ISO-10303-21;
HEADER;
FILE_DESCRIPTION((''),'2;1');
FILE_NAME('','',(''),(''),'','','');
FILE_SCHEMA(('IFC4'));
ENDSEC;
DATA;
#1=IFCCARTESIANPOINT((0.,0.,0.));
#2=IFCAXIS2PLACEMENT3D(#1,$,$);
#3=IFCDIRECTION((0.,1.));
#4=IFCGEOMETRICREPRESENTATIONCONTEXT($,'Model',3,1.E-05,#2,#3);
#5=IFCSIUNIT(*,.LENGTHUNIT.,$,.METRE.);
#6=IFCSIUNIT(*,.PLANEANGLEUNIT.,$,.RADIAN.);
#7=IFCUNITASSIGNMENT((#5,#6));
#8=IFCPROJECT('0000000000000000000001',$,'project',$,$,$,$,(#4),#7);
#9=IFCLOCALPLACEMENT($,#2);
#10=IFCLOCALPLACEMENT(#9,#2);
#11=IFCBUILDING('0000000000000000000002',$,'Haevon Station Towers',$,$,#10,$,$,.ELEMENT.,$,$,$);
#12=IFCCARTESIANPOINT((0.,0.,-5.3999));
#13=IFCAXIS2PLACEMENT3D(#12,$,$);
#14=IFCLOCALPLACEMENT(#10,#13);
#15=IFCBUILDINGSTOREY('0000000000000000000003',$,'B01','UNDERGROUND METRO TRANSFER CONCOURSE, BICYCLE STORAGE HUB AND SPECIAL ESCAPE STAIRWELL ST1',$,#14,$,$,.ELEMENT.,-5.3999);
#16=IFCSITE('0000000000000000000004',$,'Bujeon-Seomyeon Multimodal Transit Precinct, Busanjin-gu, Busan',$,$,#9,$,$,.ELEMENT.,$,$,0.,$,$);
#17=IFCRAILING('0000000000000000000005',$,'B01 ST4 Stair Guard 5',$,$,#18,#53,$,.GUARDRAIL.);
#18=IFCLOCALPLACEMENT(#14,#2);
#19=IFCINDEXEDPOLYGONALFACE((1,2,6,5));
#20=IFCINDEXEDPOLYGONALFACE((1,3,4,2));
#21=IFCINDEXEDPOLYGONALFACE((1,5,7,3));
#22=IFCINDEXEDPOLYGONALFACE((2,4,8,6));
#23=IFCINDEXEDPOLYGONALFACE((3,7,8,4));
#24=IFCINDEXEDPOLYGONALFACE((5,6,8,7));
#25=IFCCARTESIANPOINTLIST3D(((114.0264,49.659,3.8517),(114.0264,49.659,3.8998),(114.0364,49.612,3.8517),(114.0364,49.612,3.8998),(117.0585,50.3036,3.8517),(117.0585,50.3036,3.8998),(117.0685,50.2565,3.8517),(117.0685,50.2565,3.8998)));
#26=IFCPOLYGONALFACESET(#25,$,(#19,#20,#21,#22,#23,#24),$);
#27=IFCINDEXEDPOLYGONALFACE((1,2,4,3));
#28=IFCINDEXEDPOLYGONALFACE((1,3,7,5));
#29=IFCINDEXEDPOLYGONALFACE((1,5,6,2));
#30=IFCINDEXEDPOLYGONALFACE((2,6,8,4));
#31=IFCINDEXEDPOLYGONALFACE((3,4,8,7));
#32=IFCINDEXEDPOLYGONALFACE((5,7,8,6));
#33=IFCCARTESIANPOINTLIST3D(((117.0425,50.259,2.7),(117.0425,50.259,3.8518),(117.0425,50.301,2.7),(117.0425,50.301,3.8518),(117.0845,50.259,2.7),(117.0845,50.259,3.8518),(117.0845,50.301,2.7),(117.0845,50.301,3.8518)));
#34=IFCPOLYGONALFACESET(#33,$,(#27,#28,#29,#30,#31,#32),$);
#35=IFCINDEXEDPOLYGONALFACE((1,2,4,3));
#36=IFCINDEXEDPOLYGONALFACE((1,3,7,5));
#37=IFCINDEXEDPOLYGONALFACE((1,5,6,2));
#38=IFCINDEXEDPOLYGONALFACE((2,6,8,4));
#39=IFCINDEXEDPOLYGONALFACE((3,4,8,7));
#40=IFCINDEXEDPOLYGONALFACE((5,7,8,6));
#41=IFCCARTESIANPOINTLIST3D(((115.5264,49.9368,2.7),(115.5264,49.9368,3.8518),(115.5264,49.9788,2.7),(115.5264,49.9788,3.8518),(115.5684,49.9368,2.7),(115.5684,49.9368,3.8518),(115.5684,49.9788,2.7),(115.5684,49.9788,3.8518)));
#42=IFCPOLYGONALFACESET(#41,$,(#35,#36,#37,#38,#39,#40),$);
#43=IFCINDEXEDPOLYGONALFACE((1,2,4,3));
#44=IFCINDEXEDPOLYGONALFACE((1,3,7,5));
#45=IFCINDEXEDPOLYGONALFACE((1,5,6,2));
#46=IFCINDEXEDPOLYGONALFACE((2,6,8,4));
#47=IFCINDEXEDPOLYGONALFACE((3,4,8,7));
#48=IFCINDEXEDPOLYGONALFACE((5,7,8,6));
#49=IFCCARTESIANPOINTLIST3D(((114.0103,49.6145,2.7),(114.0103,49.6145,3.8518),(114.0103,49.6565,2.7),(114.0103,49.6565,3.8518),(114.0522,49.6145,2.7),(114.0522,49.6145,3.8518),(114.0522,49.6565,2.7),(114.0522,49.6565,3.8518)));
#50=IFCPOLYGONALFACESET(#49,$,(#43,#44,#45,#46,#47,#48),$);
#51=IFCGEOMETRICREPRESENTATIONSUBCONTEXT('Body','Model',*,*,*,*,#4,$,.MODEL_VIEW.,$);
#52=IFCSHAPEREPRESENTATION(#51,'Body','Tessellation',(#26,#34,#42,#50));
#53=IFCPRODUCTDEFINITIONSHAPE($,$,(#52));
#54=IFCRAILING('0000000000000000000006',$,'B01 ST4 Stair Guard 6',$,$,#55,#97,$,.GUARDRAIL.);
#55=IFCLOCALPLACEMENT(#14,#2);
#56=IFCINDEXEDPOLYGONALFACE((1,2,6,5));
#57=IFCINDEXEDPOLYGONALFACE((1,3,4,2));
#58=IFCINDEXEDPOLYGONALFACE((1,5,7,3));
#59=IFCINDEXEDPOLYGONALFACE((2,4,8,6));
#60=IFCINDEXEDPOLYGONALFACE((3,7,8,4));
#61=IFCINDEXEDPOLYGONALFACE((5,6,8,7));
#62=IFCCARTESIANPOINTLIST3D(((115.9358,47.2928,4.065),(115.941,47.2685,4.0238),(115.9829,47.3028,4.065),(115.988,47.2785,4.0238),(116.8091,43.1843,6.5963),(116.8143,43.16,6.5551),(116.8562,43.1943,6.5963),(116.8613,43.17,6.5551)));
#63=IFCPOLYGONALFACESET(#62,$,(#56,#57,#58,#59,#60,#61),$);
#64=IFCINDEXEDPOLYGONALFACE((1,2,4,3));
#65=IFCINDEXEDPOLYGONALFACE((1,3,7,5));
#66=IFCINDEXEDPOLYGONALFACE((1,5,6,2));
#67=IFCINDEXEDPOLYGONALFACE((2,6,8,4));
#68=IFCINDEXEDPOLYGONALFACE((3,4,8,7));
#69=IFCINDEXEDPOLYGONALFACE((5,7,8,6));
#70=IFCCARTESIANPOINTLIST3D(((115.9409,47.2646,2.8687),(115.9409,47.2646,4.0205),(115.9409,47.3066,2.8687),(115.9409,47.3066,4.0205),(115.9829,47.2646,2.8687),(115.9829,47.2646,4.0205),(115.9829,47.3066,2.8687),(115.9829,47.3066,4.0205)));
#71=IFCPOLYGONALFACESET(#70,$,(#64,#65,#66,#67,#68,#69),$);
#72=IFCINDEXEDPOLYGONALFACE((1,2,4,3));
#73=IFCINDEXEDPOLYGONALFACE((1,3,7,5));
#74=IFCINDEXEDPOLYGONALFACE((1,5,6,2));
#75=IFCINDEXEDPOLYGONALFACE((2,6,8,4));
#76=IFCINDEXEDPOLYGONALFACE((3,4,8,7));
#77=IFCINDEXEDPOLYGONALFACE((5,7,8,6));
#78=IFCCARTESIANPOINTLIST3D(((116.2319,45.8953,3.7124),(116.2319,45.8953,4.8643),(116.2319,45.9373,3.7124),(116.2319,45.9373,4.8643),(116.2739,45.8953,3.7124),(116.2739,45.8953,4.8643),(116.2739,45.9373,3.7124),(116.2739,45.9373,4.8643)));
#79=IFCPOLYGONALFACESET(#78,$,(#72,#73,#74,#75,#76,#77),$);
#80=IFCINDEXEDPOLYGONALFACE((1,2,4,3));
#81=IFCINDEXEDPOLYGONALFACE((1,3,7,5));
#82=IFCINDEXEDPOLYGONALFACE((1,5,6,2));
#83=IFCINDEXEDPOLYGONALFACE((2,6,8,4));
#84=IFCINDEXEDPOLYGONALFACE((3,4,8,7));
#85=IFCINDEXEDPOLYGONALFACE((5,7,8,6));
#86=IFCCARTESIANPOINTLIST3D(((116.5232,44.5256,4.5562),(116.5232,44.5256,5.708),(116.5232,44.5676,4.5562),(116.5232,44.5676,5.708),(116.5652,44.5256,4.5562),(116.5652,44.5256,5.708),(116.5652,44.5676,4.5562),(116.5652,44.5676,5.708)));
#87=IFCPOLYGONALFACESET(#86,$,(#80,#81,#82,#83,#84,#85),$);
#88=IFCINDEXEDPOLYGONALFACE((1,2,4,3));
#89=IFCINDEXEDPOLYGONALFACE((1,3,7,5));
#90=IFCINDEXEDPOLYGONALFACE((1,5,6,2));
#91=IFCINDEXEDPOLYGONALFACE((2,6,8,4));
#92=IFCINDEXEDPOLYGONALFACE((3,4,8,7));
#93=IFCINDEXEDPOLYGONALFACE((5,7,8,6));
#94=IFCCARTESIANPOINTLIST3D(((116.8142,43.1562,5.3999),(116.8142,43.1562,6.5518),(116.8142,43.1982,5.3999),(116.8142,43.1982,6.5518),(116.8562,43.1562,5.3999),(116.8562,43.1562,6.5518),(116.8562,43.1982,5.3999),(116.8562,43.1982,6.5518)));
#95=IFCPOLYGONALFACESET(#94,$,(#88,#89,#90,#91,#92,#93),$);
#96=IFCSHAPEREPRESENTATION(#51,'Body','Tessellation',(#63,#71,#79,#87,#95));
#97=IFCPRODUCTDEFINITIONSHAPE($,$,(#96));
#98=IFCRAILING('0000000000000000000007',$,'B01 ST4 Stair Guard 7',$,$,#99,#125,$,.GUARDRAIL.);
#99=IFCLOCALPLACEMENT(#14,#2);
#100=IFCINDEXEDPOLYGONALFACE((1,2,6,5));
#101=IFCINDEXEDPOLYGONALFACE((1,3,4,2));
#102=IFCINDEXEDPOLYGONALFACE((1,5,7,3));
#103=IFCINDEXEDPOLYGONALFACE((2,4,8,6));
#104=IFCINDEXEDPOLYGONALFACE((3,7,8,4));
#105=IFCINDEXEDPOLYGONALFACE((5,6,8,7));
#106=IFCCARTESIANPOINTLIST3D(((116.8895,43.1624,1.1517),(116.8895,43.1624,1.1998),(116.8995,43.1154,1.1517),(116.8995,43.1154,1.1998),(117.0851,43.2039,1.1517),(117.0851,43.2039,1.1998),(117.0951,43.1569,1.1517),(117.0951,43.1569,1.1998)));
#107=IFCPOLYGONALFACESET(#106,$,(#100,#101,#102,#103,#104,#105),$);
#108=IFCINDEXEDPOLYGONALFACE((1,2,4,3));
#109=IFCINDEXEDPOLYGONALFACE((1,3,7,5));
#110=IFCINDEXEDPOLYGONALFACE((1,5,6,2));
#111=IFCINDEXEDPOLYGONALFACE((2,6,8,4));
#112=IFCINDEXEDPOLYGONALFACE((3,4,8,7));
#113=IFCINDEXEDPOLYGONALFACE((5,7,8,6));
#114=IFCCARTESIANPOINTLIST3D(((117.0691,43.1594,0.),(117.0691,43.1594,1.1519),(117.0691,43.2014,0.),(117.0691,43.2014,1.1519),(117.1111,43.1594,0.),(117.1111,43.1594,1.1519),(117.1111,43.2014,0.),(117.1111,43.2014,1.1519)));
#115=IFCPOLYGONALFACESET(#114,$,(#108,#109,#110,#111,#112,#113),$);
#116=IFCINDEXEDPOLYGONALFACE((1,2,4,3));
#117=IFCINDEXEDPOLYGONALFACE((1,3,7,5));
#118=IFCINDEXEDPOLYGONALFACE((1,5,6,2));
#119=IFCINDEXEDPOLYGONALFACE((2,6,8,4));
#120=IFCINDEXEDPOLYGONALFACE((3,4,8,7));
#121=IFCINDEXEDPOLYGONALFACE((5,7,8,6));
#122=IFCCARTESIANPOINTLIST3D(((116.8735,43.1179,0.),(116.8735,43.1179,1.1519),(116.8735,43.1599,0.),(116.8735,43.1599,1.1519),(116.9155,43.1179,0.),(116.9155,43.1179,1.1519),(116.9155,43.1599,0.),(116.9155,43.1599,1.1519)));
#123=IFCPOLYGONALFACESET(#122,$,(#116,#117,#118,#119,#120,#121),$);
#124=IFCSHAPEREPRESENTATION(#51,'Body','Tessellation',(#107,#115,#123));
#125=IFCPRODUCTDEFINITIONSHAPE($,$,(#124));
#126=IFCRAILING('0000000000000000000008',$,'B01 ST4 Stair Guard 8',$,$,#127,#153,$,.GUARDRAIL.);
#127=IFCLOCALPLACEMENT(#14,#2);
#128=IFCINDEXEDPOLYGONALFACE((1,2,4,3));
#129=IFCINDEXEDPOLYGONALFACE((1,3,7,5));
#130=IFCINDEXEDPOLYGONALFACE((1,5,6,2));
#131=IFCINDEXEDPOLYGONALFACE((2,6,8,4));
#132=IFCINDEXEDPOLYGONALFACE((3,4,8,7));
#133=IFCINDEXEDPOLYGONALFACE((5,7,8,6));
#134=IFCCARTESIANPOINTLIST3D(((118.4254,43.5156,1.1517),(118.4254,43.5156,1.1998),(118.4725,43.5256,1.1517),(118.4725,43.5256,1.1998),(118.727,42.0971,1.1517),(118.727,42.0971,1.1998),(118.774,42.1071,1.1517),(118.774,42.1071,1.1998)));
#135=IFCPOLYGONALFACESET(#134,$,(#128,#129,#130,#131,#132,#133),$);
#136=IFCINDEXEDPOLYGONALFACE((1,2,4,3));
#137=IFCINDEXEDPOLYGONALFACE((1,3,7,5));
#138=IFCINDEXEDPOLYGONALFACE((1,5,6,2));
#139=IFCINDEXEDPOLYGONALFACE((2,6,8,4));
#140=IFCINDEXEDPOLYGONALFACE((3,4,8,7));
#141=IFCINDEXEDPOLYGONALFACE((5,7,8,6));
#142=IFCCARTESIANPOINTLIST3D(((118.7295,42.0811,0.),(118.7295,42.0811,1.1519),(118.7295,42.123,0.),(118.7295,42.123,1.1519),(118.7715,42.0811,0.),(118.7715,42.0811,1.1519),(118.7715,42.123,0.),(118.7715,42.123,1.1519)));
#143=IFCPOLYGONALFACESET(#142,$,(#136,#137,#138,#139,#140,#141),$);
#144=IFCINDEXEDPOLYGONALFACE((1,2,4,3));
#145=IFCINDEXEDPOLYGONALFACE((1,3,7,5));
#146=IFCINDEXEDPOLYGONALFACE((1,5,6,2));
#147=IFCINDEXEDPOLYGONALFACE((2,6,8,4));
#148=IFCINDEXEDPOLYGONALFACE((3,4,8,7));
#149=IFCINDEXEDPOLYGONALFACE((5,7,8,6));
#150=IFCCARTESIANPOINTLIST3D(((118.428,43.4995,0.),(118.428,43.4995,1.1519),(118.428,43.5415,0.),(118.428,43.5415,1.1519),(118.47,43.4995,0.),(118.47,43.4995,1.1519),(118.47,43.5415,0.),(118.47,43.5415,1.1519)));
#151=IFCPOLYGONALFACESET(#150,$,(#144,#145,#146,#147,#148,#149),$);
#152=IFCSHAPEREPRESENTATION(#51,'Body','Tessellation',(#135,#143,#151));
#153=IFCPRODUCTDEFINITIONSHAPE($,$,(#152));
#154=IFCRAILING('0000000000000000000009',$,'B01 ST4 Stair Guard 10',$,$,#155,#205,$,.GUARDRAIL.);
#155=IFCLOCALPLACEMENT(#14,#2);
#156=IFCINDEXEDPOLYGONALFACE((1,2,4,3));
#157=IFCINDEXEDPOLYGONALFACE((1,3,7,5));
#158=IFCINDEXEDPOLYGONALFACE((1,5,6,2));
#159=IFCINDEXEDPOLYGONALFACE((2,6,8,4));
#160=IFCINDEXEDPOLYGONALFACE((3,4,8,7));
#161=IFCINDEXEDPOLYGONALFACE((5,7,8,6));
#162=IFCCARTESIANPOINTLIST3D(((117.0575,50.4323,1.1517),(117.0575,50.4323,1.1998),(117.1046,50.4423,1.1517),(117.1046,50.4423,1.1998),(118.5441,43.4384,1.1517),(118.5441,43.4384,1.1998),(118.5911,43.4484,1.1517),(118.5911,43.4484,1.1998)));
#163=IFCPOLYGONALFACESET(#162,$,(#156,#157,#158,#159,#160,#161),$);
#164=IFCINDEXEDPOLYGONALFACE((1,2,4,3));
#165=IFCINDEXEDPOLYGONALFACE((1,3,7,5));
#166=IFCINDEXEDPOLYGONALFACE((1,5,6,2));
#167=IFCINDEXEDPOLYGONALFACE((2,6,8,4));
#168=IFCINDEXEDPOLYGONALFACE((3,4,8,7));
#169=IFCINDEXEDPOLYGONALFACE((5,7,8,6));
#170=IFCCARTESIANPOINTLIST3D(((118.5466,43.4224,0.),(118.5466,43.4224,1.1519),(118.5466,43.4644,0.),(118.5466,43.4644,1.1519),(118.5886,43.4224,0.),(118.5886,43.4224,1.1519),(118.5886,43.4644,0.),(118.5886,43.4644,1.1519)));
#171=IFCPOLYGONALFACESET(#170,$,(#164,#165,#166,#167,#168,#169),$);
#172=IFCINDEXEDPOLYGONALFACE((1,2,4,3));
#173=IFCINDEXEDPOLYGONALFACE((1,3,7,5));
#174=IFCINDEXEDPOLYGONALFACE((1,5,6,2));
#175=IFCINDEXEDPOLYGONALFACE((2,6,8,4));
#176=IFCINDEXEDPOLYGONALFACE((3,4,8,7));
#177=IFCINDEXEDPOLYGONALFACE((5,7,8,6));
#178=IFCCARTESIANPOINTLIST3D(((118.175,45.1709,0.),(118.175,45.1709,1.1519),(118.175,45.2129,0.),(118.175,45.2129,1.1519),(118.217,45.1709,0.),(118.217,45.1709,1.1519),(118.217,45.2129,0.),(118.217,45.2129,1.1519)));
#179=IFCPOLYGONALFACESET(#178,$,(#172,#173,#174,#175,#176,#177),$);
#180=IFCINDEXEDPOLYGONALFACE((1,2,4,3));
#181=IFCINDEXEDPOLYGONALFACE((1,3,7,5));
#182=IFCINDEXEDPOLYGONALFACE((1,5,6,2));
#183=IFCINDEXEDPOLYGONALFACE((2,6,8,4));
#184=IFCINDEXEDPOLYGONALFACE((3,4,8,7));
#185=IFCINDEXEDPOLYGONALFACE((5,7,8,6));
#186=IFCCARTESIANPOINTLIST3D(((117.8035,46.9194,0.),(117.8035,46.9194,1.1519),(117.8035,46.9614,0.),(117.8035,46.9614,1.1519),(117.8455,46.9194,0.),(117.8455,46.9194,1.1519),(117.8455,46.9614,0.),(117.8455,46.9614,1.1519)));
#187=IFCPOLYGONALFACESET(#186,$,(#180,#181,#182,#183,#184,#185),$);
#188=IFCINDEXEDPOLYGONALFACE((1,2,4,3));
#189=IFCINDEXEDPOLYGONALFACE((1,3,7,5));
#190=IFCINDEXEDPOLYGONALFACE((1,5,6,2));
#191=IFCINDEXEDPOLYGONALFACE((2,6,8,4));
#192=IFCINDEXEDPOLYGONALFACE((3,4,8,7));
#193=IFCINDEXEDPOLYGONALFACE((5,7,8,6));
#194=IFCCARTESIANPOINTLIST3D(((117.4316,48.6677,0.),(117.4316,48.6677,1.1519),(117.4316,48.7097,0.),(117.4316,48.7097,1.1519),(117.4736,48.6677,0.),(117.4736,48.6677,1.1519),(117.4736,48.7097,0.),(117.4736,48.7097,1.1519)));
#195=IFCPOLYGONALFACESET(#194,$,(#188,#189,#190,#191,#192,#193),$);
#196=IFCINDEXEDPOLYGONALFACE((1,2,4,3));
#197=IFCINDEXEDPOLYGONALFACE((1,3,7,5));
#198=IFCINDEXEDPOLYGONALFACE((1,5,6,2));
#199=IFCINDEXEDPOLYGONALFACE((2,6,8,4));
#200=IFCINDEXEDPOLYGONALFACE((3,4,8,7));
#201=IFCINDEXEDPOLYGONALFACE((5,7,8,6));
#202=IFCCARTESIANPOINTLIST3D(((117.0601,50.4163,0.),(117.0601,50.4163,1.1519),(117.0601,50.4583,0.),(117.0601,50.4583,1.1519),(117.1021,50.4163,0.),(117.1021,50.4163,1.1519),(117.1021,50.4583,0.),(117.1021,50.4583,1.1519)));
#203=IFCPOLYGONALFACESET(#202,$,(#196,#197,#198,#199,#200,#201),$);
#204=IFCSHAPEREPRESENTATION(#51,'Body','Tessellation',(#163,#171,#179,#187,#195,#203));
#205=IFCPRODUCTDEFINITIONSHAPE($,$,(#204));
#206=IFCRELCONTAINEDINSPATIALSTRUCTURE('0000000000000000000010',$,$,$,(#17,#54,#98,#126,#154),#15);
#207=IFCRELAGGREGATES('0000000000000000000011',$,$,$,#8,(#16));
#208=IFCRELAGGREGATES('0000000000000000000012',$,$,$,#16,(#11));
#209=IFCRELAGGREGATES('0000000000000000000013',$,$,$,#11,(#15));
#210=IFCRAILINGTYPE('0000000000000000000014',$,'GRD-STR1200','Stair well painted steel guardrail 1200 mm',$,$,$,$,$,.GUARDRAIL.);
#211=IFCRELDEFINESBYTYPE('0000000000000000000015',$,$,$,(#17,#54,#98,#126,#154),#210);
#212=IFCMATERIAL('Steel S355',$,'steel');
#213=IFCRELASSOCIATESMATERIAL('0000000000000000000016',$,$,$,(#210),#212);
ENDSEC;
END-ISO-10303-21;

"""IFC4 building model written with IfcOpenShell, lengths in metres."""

from ifc_helpers import new_model, si_unit, direction, frame, origin, origin_2d, place, context, subcontext, project, spatial, rectangle, extrude, material, type_object, element, save


model = new_model("IFC4")

# Units and contexts
model_context = context("Model", 3, precision=1e-05, world=origin(), true_north=direction((0.0, 1.0)))
body_context = subcontext(model_context, "Body", "Model", "MODEL_VIEW")
ifc_project = project(units=[si_unit("LENGTHUNIT", "METRE"), si_unit("PLANEANGLEUNIT", "RADIAN")], contexts=[model_context])

# Site, building, storey
site_placement = place(None, origin())
site = spatial("IfcSite", under=ifc_project, at=site_placement, Name="Bujeon-Seomyeon Multimodal Transit Precinct, Busanjin-gu, Busan", CompositionType="ELEMENT", RefElevation=0.0)
building_placement = place(site_placement, origin())
building = spatial("IfcBuilding", under=site, at=building_placement, Name="Haevon Station Towers", CompositionType="ELEMENT")
storey_placement = place(building_placement, frame((0.0, 0.0, -5.3999)))
storey = spatial("IfcBuildingStorey", under=building, at=storey_placement, Name="B01", Description="UNDERGROUND METRO TRANSFER CONCOURSE, BICYCLE STORAGE HUB AND SPECIAL ESCAPE STAIRWELL ST1", CompositionType="ELEMENT", Elevation=-5.3999)

# Shared definitions
ifc_material_1 = material(Name="Steel S355", Category="steel")

# Railings
railing_type_1 = type_object("IfcRailingType", Name="GRD-STR1200", Description="Stair well painted steel guardrail 1200 mm", PredefinedType="GUARDRAIL", material=ifc_material_1)
railing_1_placement = place(storey_placement, frame((117.0635, 50.28, 2.7)))
element("IfcRailing", 1, at=railing_1_placement, inside=storey, type_object=railing_type_1, Name="B01 ST4 Stair Guard 5", PredefinedType="GUARDRAIL", context=body_context, shape_type="SweptSolid", body=[
    extrude(rectangle(XDim=0.0481, YDim=0.0481, at=origin_2d()), frame((0.0, 0.0, 1.1758), z_axis=(-0.978147, -0.207915, 0.0), x_axis=(0.207915, -0.978147, 0.0)), (0.0, 0.0, 1.0), 3.0999),
    extrude(rectangle(XDim=0.042, YDim=0.042, at=origin_2d()), origin(), (0.0, 0.0, 1.0), 1.1519),
    extrude(rectangle(XDim=0.042, YDim=0.042, at=origin_2d()), frame((-1.5161, -0.3223, 0.0)), (0.0, 0.0, 1.0), 1.1519),
    extrude(rectangle(XDim=0.042, YDim=0.042, at=origin_2d()), frame((-3.0322, -0.6445, 0.0)), (0.0, 0.0, 1.0), 1.1519),
])
railing_2_placement = place(storey_placement, frame((115.9619, 47.2856, 2.8687)))
element("IfcRailing", 2, at=railing_2_placement, inside=storey, type_object=railing_type_1, Name="B01 ST4 Stair Guard 6", PredefinedType="GUARDRAIL", context=body_context, shape_type="SweptSolid", body=[
    extrude(rectangle(XDim=0.0481, YDim=0.0481, at=origin_2d()), frame((0.0, 0.0, 1.1758), z_axis=(0.178079, -0.837772, 0.516165), x_axis=(0.978146, 0.207917, 0.0)), (0.0, 0.0, 1.0), 4.9041),
    extrude(rectangle(XDim=0.042, YDim=0.042, at=origin_2d()), origin(), (0.0, 0.0, 1.0), 1.1519),
    extrude(rectangle(XDim=0.042, YDim=0.042, at=origin_2d()), frame((0.291, -1.3694, 0.8438)), (0.0, 0.0, 1.0), 1.1519),
    extrude(rectangle(XDim=0.042, YDim=0.042, at=origin_2d()), frame((0.5823, -2.739, 1.6875)), (0.0, 0.0, 1.0), 1.1519),
    extrude(rectangle(XDim=0.042, YDim=0.042, at=origin_2d()), frame((0.8733, -4.1084, 2.5312)), (0.0, 0.0, 1.0), 1.1519),
])
railing_3_placement = place(storey_placement, frame((117.0901, 43.1804, 0.0)))
element("IfcRailing", 3, at=railing_3_placement, inside=storey, type_object=railing_type_1, Name="B01 ST4 Stair Guard 7", PredefinedType="GUARDRAIL", context=body_context, shape_type="SweptSolid", body=[
    extrude(rectangle(XDim=0.0481, YDim=0.0481, at=origin_2d()), frame((0.0, 0.0, 1.1758), z_axis=(-0.978212, -0.20761, 0.0), x_axis=(0.20761, -0.978212, 0.0)), (0.0, 0.0, 1.0), 0.2),
    extrude(rectangle(XDim=0.042, YDim=0.042, at=origin_2d()), origin(), (0.0, 0.0, 1.0), 1.1519),
    extrude(rectangle(XDim=0.042, YDim=0.042, at=origin_2d()), frame((-0.1956, -0.0415, 0.0)), (0.0, 0.0, 1.0), 1.1519),
])
railing_4_placement = place(storey_placement, frame((118.7505, 42.1021, 0.0)))
element("IfcRailing", 4, at=railing_4_placement, inside=storey, type_object=railing_type_1, Name="B01 ST4 Stair Guard 8", PredefinedType="GUARDRAIL", context=body_context, shape_type="SweptSolid", body=[
    extrude(rectangle(XDim=0.0481, YDim=0.0481, at=origin_2d()), frame((0.0, 0.0, 1.1758), z_axis=(-0.207919, 0.978146, 0.0), x_axis=(-0.978146, -0.207919, 0.0)), (0.0, 0.0, 1.0), 1.4502),
    extrude(rectangle(XDim=0.042, YDim=0.042, at=origin_2d()), origin(), (0.0, 0.0, 1.0), 1.1519),
    extrude(rectangle(XDim=0.042, YDim=0.042, at=origin_2d()), frame((-0.3015, 1.4185, 0.0)), (0.0, 0.0, 1.0), 1.1519),
])
railing_5_placement = place(storey_placement, frame((118.5676, 43.4434, 0.0)))
element("IfcRailing", 5, at=railing_5_placement, inside=storey, type_object=railing_type_1, Name="B01 ST4 Stair Guard 10", PredefinedType="GUARDRAIL", context=body_context, shape_type="SweptSolid", body=[
    extrude(rectangle(XDim=0.0481, YDim=0.0481, at=origin_2d()), frame((0.0, 0.0, 1.1758), z_axis=(-0.207908, 0.978148, 0.0), x_axis=(-0.978148, -0.207908, 0.0)), (0.0, 0.0, 1.0), 7.1501),
    extrude(rectangle(XDim=0.042, YDim=0.042, at=origin_2d()), origin(), (0.0, 0.0, 1.0), 1.1519),
    extrude(rectangle(XDim=0.042, YDim=0.042, at=origin_2d()), frame((-0.3716, 1.7485, 0.0)), (0.0, 0.0, 1.0), 1.1519),
    extrude(rectangle(XDim=0.042, YDim=0.042, at=origin_2d()), frame((-0.7432, 3.4971, 0.0)), (0.0, 0.0, 1.0), 1.1519),
    extrude(rectangle(XDim=0.042, YDim=0.042, at=origin_2d()), frame((-1.115, 5.2454, 0.0)), (0.0, 0.0, 1.0), 1.1519),
    extrude(rectangle(XDim=0.042, YDim=0.042, at=origin_2d()), frame((-1.4866, 6.9939, 0.0)), (0.0, 0.0, 1.0), 1.1519),
])

save(model, "model.ifc")
